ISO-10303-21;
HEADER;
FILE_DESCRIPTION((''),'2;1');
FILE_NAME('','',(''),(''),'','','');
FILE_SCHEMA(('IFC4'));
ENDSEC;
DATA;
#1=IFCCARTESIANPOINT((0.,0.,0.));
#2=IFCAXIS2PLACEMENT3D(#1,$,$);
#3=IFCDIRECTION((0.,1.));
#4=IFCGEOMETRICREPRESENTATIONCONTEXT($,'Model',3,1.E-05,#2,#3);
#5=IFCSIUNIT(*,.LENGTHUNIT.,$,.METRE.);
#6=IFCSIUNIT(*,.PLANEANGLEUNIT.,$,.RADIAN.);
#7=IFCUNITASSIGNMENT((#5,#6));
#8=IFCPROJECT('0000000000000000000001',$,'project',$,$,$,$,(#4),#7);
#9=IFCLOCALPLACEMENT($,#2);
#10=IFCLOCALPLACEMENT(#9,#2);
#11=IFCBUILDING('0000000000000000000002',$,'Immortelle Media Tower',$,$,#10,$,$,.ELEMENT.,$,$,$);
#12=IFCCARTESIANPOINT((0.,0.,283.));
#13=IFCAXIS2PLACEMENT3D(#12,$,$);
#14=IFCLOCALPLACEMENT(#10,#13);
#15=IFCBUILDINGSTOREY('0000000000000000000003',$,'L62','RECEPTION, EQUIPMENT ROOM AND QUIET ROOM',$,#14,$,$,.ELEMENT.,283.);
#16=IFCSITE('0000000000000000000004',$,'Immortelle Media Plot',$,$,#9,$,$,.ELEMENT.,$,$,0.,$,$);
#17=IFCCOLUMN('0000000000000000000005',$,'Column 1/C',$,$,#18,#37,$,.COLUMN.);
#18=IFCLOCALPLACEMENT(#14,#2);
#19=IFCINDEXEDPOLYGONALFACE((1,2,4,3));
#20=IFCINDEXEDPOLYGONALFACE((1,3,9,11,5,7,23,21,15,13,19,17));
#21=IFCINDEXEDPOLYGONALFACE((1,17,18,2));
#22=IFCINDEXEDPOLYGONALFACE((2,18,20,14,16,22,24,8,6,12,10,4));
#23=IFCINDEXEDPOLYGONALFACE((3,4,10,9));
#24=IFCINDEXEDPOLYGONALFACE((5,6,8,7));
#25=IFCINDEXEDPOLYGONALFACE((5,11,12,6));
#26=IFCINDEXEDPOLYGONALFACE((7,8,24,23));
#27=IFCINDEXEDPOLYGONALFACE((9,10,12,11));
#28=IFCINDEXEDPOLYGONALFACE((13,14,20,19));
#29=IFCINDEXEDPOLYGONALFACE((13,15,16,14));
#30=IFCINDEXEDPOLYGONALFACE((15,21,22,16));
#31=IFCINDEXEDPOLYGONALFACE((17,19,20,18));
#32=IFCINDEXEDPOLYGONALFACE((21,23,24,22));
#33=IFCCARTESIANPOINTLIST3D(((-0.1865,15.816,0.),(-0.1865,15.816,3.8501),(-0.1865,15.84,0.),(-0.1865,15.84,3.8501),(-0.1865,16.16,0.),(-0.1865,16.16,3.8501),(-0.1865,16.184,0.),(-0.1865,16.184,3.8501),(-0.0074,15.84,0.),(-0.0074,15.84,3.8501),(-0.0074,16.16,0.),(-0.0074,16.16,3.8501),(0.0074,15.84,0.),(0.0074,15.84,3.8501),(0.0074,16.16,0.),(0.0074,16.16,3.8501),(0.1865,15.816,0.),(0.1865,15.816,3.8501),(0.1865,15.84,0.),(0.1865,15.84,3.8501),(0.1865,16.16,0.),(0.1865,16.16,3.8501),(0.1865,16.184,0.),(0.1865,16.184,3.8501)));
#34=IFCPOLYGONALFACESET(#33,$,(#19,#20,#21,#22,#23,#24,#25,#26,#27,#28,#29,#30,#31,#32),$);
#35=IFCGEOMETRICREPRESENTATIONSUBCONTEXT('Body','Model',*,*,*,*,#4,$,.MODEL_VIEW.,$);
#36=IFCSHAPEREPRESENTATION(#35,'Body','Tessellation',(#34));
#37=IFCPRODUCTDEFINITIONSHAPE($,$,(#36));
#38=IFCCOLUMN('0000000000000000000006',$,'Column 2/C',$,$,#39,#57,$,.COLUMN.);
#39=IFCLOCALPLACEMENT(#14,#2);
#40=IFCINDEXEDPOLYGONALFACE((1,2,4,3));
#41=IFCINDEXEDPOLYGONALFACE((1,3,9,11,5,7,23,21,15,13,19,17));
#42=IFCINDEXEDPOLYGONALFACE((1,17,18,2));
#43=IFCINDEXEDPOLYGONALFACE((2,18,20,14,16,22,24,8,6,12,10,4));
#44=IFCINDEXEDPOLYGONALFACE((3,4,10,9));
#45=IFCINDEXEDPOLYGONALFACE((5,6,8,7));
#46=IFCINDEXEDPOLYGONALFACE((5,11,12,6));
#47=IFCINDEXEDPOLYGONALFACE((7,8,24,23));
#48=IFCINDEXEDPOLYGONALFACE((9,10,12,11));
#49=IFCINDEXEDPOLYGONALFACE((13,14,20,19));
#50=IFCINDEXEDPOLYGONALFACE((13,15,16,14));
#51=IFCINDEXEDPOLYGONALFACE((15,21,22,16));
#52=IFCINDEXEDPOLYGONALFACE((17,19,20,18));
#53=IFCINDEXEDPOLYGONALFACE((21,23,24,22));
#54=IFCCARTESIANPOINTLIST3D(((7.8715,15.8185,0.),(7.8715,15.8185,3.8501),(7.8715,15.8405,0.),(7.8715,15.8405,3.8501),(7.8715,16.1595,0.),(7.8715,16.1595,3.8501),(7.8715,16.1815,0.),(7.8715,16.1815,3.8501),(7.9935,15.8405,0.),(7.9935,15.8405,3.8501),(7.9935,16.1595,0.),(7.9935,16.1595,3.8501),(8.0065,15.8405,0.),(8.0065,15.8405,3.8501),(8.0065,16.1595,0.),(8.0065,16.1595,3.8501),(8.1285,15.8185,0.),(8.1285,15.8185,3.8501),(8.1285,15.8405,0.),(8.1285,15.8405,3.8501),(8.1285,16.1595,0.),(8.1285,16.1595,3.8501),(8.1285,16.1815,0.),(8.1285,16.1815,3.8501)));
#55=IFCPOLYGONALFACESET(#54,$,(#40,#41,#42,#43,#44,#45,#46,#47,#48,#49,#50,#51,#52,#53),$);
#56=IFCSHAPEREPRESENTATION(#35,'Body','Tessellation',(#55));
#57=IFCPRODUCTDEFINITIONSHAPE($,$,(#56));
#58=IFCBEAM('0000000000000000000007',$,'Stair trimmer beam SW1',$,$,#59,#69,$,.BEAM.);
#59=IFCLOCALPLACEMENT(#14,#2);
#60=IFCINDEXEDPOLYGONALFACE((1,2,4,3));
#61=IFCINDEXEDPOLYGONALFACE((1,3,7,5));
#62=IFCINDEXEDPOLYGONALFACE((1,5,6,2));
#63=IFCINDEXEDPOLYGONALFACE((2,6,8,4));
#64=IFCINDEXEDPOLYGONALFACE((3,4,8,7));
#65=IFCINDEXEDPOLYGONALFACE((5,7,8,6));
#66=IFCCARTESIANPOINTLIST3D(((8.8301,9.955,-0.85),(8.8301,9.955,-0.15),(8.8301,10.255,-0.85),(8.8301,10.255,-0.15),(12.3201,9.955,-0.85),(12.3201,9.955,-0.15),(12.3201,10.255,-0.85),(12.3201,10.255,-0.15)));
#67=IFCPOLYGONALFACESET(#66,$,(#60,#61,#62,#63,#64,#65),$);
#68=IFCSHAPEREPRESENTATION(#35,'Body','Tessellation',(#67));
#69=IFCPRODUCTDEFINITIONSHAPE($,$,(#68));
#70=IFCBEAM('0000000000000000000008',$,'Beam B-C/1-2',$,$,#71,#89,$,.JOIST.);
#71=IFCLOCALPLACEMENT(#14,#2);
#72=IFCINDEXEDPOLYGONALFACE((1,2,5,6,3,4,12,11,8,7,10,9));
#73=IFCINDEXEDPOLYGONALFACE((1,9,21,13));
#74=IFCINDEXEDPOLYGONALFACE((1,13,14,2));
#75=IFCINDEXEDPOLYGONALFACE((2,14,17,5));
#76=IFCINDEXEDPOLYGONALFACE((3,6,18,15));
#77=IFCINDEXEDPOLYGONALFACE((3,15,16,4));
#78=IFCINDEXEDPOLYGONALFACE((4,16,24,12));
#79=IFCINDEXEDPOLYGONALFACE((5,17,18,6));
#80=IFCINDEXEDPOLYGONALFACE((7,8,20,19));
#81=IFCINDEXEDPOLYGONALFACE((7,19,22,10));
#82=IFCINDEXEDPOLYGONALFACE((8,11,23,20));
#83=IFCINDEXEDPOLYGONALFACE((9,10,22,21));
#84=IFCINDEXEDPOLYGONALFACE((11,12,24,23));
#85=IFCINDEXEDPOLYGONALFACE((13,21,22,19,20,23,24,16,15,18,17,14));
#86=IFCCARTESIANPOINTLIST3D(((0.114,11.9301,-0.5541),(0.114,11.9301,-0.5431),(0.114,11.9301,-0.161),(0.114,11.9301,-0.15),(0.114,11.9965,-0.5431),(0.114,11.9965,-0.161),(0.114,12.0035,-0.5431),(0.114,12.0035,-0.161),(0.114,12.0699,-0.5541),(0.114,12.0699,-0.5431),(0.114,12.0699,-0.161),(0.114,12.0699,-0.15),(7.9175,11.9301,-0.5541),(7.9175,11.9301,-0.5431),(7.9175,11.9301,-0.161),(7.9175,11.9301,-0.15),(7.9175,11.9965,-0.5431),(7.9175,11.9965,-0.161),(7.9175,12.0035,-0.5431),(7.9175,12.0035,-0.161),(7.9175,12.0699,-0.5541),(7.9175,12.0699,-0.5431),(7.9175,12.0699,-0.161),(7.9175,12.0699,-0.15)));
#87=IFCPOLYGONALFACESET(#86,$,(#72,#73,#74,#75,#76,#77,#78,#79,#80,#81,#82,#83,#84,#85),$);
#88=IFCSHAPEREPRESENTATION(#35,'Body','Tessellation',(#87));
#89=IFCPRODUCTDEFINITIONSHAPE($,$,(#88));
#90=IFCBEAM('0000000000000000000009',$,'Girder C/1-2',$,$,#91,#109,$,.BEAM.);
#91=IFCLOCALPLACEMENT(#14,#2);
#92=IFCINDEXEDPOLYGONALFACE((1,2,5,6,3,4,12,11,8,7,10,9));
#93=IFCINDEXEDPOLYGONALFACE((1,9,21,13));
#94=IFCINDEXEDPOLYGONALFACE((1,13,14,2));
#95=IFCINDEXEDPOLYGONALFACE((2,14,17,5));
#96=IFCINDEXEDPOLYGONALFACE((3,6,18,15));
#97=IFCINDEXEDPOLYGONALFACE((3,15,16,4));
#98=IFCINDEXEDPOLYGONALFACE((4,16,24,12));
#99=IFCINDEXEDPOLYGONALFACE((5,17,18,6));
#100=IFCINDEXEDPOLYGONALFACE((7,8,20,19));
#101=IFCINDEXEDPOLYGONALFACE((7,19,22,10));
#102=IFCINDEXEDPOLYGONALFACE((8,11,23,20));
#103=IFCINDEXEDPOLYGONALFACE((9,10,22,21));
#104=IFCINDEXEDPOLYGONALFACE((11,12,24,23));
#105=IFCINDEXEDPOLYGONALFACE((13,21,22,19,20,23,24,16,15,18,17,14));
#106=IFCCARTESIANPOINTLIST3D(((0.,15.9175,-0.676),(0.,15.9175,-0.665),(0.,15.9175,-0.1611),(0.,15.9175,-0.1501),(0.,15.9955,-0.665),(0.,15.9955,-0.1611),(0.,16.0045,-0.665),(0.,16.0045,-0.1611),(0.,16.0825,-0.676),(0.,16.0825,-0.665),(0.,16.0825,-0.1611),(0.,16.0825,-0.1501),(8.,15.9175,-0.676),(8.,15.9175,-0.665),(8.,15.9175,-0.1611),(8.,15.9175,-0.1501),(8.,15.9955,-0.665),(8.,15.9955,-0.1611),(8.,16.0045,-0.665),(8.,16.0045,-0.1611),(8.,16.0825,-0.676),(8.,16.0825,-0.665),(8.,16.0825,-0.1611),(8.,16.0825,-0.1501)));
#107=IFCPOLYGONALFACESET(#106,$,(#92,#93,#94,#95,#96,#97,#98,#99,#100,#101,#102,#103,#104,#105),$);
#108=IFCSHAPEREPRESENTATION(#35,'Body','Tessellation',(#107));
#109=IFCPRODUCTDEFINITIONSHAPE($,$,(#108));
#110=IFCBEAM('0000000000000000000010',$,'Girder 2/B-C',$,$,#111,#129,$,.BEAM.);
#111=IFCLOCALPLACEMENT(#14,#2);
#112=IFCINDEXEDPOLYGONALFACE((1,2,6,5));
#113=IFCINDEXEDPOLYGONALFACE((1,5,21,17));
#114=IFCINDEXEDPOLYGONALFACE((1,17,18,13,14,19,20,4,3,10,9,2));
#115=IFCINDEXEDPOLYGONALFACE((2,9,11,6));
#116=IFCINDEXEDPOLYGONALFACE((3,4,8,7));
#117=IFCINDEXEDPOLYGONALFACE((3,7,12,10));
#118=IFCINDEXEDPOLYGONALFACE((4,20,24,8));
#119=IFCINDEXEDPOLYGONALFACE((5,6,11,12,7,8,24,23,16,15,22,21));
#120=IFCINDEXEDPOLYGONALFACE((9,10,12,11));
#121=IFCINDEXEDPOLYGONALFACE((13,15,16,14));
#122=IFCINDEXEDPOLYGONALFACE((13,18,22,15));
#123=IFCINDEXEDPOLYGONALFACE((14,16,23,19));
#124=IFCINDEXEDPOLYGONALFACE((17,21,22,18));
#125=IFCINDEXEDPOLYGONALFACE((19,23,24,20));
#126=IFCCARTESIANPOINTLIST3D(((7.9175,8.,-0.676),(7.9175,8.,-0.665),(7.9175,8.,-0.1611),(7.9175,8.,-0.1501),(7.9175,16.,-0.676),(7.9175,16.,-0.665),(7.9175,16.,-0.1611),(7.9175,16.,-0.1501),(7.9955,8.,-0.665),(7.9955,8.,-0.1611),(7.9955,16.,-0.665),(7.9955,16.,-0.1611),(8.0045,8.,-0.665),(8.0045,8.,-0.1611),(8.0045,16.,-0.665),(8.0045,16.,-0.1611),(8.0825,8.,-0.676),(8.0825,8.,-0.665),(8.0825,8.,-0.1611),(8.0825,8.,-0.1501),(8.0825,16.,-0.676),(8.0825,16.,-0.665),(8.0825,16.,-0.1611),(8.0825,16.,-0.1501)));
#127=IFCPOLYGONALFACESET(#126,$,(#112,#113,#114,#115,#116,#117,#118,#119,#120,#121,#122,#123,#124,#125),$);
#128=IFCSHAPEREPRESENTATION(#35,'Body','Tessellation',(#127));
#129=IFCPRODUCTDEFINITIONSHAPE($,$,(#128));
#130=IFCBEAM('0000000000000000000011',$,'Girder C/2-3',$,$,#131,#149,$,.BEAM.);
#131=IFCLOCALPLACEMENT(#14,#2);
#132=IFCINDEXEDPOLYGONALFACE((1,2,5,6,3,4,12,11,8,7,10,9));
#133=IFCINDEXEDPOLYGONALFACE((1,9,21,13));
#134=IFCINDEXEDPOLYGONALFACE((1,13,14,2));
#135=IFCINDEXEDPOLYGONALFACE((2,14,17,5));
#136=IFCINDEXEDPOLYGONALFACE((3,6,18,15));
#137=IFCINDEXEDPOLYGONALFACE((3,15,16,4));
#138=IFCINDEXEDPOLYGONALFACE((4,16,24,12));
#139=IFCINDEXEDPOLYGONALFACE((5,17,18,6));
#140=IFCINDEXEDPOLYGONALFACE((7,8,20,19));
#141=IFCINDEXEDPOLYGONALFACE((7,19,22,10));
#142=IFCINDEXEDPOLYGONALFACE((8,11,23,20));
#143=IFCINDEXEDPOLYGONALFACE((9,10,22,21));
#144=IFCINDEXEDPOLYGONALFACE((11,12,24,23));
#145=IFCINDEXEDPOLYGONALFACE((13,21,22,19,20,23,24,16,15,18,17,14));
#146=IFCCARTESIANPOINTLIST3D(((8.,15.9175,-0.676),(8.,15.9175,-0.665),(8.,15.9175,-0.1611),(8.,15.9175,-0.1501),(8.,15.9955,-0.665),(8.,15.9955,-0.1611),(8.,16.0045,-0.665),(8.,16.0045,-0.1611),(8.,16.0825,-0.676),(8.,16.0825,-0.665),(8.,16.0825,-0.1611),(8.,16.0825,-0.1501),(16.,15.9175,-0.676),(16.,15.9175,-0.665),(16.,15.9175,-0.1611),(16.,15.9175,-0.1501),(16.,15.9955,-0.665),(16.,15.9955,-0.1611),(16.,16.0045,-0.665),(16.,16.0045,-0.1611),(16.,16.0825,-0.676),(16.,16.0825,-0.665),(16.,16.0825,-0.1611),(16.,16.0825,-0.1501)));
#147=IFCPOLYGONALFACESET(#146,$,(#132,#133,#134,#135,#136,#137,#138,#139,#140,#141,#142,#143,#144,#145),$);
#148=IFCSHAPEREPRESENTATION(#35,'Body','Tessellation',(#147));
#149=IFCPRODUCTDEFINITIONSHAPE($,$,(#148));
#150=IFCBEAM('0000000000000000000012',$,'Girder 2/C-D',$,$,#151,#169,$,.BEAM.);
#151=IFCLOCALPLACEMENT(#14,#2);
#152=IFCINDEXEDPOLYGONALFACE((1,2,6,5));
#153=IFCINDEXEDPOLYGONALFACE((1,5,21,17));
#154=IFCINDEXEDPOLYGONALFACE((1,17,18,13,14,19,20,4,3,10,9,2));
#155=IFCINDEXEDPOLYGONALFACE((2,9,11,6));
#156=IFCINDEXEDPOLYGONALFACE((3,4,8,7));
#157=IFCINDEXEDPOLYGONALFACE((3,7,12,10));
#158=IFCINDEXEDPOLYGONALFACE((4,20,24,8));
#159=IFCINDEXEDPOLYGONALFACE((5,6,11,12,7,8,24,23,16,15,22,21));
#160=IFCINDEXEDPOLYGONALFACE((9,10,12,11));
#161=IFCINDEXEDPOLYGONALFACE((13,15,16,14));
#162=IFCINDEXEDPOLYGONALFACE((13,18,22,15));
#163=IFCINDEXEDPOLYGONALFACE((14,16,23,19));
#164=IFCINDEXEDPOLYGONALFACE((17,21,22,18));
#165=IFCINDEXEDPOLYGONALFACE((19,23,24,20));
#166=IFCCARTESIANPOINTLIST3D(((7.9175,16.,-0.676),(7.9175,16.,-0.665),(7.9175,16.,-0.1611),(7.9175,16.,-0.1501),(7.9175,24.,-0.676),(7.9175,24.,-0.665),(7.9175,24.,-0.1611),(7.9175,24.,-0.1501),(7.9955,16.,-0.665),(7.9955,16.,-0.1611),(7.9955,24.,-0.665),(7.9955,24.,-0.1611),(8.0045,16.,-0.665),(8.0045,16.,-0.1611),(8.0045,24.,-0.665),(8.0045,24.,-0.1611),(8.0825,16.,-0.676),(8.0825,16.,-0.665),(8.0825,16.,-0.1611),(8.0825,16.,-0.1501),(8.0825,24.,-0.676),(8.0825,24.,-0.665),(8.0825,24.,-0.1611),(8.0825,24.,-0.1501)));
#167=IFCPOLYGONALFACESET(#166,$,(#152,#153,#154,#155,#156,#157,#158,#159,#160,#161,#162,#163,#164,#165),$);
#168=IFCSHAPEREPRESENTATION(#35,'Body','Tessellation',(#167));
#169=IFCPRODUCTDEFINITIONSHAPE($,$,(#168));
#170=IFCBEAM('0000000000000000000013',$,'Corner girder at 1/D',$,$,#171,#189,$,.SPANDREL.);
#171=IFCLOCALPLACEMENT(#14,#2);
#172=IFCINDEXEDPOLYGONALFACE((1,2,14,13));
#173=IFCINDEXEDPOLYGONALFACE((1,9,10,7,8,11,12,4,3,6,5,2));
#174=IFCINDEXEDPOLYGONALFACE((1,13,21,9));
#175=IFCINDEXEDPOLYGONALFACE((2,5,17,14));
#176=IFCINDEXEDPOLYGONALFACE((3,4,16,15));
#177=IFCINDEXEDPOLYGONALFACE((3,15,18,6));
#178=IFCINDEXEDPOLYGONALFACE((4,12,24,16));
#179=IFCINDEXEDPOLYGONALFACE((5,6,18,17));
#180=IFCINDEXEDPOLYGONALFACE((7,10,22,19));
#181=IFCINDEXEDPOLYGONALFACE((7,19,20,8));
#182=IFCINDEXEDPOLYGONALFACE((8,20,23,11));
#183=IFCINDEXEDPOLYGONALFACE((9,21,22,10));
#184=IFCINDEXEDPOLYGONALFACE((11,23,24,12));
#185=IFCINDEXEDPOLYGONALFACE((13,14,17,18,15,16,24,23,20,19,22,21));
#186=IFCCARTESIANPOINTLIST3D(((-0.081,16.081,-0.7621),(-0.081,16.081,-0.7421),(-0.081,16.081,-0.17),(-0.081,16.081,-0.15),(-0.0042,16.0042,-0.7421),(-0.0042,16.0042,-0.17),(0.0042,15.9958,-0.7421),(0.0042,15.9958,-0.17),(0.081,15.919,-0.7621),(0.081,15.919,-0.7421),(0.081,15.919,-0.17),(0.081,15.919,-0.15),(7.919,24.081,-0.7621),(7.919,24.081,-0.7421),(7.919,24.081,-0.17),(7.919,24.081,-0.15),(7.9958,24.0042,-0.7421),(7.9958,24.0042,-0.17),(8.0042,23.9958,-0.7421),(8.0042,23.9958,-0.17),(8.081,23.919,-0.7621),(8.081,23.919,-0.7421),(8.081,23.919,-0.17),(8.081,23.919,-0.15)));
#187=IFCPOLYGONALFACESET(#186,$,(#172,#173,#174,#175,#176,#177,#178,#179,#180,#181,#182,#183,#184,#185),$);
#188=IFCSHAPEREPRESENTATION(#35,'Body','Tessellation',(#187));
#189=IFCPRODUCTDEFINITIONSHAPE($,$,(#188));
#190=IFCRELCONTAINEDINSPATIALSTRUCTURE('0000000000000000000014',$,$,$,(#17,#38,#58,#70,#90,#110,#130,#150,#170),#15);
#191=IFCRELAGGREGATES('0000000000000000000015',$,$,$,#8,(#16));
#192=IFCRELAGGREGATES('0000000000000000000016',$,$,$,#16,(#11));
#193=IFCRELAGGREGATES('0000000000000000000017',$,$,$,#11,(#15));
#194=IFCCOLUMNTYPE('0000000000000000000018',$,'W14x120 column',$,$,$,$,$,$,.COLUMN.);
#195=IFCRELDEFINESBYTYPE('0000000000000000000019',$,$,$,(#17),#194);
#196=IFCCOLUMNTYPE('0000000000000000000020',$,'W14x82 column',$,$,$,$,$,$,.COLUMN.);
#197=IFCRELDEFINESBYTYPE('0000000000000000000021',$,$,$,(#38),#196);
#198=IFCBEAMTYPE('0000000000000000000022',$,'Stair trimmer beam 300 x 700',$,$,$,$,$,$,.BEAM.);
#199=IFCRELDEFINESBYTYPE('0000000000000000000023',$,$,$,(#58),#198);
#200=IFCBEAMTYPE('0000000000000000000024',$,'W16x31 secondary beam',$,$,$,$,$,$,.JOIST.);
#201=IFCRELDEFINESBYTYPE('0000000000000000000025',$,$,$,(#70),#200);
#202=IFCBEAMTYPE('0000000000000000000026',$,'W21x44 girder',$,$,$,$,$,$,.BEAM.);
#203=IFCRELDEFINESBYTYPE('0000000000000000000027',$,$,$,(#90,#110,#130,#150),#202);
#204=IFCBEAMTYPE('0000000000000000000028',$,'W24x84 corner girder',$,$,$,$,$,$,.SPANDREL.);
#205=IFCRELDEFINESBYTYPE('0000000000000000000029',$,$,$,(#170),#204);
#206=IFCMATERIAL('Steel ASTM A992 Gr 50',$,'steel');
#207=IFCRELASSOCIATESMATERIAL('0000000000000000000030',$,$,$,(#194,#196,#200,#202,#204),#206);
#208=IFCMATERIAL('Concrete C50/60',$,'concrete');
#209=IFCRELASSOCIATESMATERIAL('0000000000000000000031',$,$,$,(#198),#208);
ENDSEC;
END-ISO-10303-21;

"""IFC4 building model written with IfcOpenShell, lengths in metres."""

from ifc_helpers import new_model, si_unit, direction, frame, origin, origin_2d, place, context, subcontext, project, spatial, rectangle, i_section, extrude, material, material_profile, profile_set, type_object, element, save


model = new_model("IFC4")

# Units and contexts
model_context = context("Model", 3, precision=1e-05, world=origin(), true_north=direction((0.0, 1.0)))
body_context = subcontext(model_context, "Body", "Model", "MODEL_VIEW")
ifc_project = project(units=[si_unit("LENGTHUNIT", "METRE"), si_unit("PLANEANGLEUNIT", "RADIAN")], contexts=[model_context])

# Site, building, storey
site_placement = place(None, origin())
site = spatial("IfcSite", under=ifc_project, at=site_placement, Name="Immortelle Media Plot", CompositionType="ELEMENT", RefElevation=0.0)
building_placement = place(site_placement, origin())
building = spatial("IfcBuilding", under=site, at=building_placement, Name="Immortelle Media Tower", CompositionType="ELEMENT")
storey_placement = place(building_placement, frame((0.0, 0.0, 283.0)))
storey = spatial("IfcBuildingStorey", under=building, at=storey_placement, Name="L62", Description="RECEPTION, EQUIPMENT ROOM AND QUIET ROOM", CompositionType="ELEMENT", Elevation=283.0)

# Columns
ifc_material_1 = material(Name="Steel ASTM A992 Gr 50", Category="steel")
ifc_material_profile_1 = material_profile(ifc_material_1, i_section(OverallWidth=0.373, OverallDepth=0.3679, WebThickness=0.0149, FlangeThickness=0.0239, at=origin_2d()), Name="W14x120")
ifc_profile_set_1 = profile_set([ifc_material_profile_1], Name="Steel ASTM A992 Gr 50")
column_type_1 = type_object("IfcColumnType", Name="W14x120 column", PredefinedType="COLUMN", material=ifc_profile_set_1)
column_1_placement = place(storey_placement, frame((0.0, 16.0, 0.0), z_axis=(0.0, 0.0, 1.0), x_axis=(1.0, 0.0, 0.0)))
element("IfcColumn", 1, at=column_1_placement, inside=storey, type_object=column_type_1, Name="Column 1/C", PredefinedType="COLUMN", context=body_context, shape_type="SweptSolid", body=[
    extrude(i_section(OverallWidth=0.373, OverallDepth=0.3679, WebThickness=0.0149, FlangeThickness=0.0239, at=origin_2d()), origin(), (0.0, 0.0, 1.0), 3.8501),
])
ifc_material_profile_2 = material_profile(ifc_material_1, i_section(OverallWidth=0.2571, OverallDepth=0.363, WebThickness=0.0129, FlangeThickness=0.022, at=origin_2d()), Name="W14x82")
ifc_profile_set_2 = profile_set([ifc_material_profile_2], Name="Steel ASTM A992 Gr 50")
column_type_2 = type_object("IfcColumnType", Name="W14x82 column", PredefinedType="COLUMN", material=ifc_profile_set_2)
column_2_placement = place(storey_placement, frame((8.0, 16.0, 0.0), z_axis=(0.0, 0.0, 1.0), x_axis=(1.0, 0.0, 0.0)))
element("IfcColumn", 2, at=column_2_placement, inside=storey, type_object=column_type_2, Name="Column 2/C", PredefinedType="COLUMN", context=body_context, shape_type="SweptSolid", body=[
    extrude(i_section(OverallWidth=0.2571, OverallDepth=0.363, WebThickness=0.0129, FlangeThickness=0.022, at=origin_2d()), origin(), (0.0, 0.0, 1.0), 3.8501),
])

# Beams
ifc_material_2 = material(Name="Concrete C50/60", Category="concrete")
ifc_material_profile_3 = material_profile(ifc_material_2, rectangle(XDim=0.3, YDim=0.7, at=origin_2d()), Name="RC 300x700")
ifc_profile_set_3 = profile_set([ifc_material_profile_3], Name="Concrete C50/60")
beam_type_1 = type_object("IfcBeamType", Name="Stair trimmer beam 300 x 700", PredefinedType="BEAM", material=ifc_profile_set_3)
beam_1_placement = place(storey_placement, frame((8.8301, 10.105, -0.5), z_axis=(1.0, 0.0, 0.0), x_axis=(0.0, 1.0, 0.0)))
element("IfcBeam", 3, at=beam_1_placement, inside=storey, type_object=beam_type_1, Name="Stair trimmer beam SW1", PredefinedType="BEAM", context=body_context, shape_type="SweptSolid", body=[
    extrude(rectangle(XDim=0.3, YDim=0.7, at=origin_2d()), origin(), (0.0, 0.0, 1.0), 3.49),
])
ifc_material_profile_4 = material_profile(ifc_material_1, i_section(OverallWidth=0.1399, OverallDepth=0.4041, WebThickness=0.0071, FlangeThickness=0.011, at=origin_2d()), Name="W16x31")
ifc_profile_set_4 = profile_set([ifc_material_profile_4], Name="Steel ASTM A992 Gr 50")
beam_type_2 = type_object("IfcBeamType", Name="W16x31 secondary beam", PredefinedType="JOIST", material=ifc_profile_set_4)
beam_2_placement = place(storey_placement, frame((0.114, 12.0, -0.3521), z_axis=(1.0, 0.0, 0.0), x_axis=(0.0, 1.0, 0.0)))
element("IfcBeam", 4, at=beam_2_placement, inside=storey, type_object=beam_type_2, Name="Beam B-C/1-2", PredefinedType="JOIST", context=body_context, shape_type="SweptSolid", body=[
    extrude(i_section(OverallWidth=0.1399, OverallDepth=0.4041, WebThickness=0.0071, FlangeThickness=0.011, at=origin_2d()), origin(), (0.0, 0.0, 1.0), 7.8035),
])
ifc_material_profile_5 = material_profile(ifc_material_1, i_section(OverallWidth=0.165, OverallDepth=0.5259, WebThickness=0.009, FlangeThickness=0.011, at=origin_2d()), Name="W21x44")
ifc_profile_set_5 = profile_set([ifc_material_profile_5], Name="Steel ASTM A992 Gr 50")
beam_type_3 = type_object("IfcBeamType", Name="W21x44 girder", PredefinedType="BEAM", material=ifc_profile_set_5)
for number, where, z_axis, x_axis, name in (
    (5, (0.0, 16.0, -0.4131), (1.0, 0.0, 0.0), (0.0, 1.0, 0.0), "Girder C/1-2"),
    (6, (8.0, 8.0, -0.4131), (0.0, 1.0, 0.0), (-1.0, 0.0, 0.0), "Girder 2/B-C"),
    (7, (8.0, 16.0, -0.4131), (1.0, 0.0, 0.0), (0.0, 1.0, 0.0), "Girder C/2-3"),
    (8, (8.0, 16.0, -0.4131), (0.0, 1.0, 0.0), (-1.0, 0.0, 0.0), "Girder 2/C-D"),
):
    element("IfcBeam", number, at=place(storey_placement, frame(where, z_axis=z_axis, x_axis=x_axis)), inside=storey, type_object=beam_type_3, Name=name, PredefinedType="BEAM", context=body_context, shape_type="SweptSolid", body=[
        extrude(i_section(OverallWidth=0.165, OverallDepth=0.5259, WebThickness=0.009, FlangeThickness=0.011, at=origin_2d()), origin(), (0.0, 0.0, 1.0), 8.0),
    ])
ifc_material_profile_6 = material_profile(ifc_material_1, i_section(OverallWidth=0.229, OverallDepth=0.6121, WebThickness=0.012, FlangeThickness=0.02, at=origin_2d()), Name="W24x84")
ifc_profile_set_6 = profile_set([ifc_material_profile_6], Name="Steel ASTM A992 Gr 50")
beam_type_4 = type_object("IfcBeamType", Name="W24x84 corner girder", PredefinedType="SPANDREL", material=ifc_profile_set_6)
beam_3_placement = place(storey_placement, frame((0.0, 16.0, -0.4561), z_axis=(0.707107, 0.707107, 0.0), x_axis=(-0.707107, 0.707107, 0.0)))
element("IfcBeam", 9, at=beam_3_placement, inside=storey, type_object=beam_type_4, Name="Corner girder at 1/D", PredefinedType="SPANDREL", context=body_context, shape_type="SweptSolid", body=[
    extrude(i_section(OverallWidth=0.229, OverallDepth=0.6121, WebThickness=0.012, FlangeThickness=0.02, at=origin_2d()), origin(), (0.0, 0.0, 1.0), 11.3137),
])

save(model, "model.ifc")
